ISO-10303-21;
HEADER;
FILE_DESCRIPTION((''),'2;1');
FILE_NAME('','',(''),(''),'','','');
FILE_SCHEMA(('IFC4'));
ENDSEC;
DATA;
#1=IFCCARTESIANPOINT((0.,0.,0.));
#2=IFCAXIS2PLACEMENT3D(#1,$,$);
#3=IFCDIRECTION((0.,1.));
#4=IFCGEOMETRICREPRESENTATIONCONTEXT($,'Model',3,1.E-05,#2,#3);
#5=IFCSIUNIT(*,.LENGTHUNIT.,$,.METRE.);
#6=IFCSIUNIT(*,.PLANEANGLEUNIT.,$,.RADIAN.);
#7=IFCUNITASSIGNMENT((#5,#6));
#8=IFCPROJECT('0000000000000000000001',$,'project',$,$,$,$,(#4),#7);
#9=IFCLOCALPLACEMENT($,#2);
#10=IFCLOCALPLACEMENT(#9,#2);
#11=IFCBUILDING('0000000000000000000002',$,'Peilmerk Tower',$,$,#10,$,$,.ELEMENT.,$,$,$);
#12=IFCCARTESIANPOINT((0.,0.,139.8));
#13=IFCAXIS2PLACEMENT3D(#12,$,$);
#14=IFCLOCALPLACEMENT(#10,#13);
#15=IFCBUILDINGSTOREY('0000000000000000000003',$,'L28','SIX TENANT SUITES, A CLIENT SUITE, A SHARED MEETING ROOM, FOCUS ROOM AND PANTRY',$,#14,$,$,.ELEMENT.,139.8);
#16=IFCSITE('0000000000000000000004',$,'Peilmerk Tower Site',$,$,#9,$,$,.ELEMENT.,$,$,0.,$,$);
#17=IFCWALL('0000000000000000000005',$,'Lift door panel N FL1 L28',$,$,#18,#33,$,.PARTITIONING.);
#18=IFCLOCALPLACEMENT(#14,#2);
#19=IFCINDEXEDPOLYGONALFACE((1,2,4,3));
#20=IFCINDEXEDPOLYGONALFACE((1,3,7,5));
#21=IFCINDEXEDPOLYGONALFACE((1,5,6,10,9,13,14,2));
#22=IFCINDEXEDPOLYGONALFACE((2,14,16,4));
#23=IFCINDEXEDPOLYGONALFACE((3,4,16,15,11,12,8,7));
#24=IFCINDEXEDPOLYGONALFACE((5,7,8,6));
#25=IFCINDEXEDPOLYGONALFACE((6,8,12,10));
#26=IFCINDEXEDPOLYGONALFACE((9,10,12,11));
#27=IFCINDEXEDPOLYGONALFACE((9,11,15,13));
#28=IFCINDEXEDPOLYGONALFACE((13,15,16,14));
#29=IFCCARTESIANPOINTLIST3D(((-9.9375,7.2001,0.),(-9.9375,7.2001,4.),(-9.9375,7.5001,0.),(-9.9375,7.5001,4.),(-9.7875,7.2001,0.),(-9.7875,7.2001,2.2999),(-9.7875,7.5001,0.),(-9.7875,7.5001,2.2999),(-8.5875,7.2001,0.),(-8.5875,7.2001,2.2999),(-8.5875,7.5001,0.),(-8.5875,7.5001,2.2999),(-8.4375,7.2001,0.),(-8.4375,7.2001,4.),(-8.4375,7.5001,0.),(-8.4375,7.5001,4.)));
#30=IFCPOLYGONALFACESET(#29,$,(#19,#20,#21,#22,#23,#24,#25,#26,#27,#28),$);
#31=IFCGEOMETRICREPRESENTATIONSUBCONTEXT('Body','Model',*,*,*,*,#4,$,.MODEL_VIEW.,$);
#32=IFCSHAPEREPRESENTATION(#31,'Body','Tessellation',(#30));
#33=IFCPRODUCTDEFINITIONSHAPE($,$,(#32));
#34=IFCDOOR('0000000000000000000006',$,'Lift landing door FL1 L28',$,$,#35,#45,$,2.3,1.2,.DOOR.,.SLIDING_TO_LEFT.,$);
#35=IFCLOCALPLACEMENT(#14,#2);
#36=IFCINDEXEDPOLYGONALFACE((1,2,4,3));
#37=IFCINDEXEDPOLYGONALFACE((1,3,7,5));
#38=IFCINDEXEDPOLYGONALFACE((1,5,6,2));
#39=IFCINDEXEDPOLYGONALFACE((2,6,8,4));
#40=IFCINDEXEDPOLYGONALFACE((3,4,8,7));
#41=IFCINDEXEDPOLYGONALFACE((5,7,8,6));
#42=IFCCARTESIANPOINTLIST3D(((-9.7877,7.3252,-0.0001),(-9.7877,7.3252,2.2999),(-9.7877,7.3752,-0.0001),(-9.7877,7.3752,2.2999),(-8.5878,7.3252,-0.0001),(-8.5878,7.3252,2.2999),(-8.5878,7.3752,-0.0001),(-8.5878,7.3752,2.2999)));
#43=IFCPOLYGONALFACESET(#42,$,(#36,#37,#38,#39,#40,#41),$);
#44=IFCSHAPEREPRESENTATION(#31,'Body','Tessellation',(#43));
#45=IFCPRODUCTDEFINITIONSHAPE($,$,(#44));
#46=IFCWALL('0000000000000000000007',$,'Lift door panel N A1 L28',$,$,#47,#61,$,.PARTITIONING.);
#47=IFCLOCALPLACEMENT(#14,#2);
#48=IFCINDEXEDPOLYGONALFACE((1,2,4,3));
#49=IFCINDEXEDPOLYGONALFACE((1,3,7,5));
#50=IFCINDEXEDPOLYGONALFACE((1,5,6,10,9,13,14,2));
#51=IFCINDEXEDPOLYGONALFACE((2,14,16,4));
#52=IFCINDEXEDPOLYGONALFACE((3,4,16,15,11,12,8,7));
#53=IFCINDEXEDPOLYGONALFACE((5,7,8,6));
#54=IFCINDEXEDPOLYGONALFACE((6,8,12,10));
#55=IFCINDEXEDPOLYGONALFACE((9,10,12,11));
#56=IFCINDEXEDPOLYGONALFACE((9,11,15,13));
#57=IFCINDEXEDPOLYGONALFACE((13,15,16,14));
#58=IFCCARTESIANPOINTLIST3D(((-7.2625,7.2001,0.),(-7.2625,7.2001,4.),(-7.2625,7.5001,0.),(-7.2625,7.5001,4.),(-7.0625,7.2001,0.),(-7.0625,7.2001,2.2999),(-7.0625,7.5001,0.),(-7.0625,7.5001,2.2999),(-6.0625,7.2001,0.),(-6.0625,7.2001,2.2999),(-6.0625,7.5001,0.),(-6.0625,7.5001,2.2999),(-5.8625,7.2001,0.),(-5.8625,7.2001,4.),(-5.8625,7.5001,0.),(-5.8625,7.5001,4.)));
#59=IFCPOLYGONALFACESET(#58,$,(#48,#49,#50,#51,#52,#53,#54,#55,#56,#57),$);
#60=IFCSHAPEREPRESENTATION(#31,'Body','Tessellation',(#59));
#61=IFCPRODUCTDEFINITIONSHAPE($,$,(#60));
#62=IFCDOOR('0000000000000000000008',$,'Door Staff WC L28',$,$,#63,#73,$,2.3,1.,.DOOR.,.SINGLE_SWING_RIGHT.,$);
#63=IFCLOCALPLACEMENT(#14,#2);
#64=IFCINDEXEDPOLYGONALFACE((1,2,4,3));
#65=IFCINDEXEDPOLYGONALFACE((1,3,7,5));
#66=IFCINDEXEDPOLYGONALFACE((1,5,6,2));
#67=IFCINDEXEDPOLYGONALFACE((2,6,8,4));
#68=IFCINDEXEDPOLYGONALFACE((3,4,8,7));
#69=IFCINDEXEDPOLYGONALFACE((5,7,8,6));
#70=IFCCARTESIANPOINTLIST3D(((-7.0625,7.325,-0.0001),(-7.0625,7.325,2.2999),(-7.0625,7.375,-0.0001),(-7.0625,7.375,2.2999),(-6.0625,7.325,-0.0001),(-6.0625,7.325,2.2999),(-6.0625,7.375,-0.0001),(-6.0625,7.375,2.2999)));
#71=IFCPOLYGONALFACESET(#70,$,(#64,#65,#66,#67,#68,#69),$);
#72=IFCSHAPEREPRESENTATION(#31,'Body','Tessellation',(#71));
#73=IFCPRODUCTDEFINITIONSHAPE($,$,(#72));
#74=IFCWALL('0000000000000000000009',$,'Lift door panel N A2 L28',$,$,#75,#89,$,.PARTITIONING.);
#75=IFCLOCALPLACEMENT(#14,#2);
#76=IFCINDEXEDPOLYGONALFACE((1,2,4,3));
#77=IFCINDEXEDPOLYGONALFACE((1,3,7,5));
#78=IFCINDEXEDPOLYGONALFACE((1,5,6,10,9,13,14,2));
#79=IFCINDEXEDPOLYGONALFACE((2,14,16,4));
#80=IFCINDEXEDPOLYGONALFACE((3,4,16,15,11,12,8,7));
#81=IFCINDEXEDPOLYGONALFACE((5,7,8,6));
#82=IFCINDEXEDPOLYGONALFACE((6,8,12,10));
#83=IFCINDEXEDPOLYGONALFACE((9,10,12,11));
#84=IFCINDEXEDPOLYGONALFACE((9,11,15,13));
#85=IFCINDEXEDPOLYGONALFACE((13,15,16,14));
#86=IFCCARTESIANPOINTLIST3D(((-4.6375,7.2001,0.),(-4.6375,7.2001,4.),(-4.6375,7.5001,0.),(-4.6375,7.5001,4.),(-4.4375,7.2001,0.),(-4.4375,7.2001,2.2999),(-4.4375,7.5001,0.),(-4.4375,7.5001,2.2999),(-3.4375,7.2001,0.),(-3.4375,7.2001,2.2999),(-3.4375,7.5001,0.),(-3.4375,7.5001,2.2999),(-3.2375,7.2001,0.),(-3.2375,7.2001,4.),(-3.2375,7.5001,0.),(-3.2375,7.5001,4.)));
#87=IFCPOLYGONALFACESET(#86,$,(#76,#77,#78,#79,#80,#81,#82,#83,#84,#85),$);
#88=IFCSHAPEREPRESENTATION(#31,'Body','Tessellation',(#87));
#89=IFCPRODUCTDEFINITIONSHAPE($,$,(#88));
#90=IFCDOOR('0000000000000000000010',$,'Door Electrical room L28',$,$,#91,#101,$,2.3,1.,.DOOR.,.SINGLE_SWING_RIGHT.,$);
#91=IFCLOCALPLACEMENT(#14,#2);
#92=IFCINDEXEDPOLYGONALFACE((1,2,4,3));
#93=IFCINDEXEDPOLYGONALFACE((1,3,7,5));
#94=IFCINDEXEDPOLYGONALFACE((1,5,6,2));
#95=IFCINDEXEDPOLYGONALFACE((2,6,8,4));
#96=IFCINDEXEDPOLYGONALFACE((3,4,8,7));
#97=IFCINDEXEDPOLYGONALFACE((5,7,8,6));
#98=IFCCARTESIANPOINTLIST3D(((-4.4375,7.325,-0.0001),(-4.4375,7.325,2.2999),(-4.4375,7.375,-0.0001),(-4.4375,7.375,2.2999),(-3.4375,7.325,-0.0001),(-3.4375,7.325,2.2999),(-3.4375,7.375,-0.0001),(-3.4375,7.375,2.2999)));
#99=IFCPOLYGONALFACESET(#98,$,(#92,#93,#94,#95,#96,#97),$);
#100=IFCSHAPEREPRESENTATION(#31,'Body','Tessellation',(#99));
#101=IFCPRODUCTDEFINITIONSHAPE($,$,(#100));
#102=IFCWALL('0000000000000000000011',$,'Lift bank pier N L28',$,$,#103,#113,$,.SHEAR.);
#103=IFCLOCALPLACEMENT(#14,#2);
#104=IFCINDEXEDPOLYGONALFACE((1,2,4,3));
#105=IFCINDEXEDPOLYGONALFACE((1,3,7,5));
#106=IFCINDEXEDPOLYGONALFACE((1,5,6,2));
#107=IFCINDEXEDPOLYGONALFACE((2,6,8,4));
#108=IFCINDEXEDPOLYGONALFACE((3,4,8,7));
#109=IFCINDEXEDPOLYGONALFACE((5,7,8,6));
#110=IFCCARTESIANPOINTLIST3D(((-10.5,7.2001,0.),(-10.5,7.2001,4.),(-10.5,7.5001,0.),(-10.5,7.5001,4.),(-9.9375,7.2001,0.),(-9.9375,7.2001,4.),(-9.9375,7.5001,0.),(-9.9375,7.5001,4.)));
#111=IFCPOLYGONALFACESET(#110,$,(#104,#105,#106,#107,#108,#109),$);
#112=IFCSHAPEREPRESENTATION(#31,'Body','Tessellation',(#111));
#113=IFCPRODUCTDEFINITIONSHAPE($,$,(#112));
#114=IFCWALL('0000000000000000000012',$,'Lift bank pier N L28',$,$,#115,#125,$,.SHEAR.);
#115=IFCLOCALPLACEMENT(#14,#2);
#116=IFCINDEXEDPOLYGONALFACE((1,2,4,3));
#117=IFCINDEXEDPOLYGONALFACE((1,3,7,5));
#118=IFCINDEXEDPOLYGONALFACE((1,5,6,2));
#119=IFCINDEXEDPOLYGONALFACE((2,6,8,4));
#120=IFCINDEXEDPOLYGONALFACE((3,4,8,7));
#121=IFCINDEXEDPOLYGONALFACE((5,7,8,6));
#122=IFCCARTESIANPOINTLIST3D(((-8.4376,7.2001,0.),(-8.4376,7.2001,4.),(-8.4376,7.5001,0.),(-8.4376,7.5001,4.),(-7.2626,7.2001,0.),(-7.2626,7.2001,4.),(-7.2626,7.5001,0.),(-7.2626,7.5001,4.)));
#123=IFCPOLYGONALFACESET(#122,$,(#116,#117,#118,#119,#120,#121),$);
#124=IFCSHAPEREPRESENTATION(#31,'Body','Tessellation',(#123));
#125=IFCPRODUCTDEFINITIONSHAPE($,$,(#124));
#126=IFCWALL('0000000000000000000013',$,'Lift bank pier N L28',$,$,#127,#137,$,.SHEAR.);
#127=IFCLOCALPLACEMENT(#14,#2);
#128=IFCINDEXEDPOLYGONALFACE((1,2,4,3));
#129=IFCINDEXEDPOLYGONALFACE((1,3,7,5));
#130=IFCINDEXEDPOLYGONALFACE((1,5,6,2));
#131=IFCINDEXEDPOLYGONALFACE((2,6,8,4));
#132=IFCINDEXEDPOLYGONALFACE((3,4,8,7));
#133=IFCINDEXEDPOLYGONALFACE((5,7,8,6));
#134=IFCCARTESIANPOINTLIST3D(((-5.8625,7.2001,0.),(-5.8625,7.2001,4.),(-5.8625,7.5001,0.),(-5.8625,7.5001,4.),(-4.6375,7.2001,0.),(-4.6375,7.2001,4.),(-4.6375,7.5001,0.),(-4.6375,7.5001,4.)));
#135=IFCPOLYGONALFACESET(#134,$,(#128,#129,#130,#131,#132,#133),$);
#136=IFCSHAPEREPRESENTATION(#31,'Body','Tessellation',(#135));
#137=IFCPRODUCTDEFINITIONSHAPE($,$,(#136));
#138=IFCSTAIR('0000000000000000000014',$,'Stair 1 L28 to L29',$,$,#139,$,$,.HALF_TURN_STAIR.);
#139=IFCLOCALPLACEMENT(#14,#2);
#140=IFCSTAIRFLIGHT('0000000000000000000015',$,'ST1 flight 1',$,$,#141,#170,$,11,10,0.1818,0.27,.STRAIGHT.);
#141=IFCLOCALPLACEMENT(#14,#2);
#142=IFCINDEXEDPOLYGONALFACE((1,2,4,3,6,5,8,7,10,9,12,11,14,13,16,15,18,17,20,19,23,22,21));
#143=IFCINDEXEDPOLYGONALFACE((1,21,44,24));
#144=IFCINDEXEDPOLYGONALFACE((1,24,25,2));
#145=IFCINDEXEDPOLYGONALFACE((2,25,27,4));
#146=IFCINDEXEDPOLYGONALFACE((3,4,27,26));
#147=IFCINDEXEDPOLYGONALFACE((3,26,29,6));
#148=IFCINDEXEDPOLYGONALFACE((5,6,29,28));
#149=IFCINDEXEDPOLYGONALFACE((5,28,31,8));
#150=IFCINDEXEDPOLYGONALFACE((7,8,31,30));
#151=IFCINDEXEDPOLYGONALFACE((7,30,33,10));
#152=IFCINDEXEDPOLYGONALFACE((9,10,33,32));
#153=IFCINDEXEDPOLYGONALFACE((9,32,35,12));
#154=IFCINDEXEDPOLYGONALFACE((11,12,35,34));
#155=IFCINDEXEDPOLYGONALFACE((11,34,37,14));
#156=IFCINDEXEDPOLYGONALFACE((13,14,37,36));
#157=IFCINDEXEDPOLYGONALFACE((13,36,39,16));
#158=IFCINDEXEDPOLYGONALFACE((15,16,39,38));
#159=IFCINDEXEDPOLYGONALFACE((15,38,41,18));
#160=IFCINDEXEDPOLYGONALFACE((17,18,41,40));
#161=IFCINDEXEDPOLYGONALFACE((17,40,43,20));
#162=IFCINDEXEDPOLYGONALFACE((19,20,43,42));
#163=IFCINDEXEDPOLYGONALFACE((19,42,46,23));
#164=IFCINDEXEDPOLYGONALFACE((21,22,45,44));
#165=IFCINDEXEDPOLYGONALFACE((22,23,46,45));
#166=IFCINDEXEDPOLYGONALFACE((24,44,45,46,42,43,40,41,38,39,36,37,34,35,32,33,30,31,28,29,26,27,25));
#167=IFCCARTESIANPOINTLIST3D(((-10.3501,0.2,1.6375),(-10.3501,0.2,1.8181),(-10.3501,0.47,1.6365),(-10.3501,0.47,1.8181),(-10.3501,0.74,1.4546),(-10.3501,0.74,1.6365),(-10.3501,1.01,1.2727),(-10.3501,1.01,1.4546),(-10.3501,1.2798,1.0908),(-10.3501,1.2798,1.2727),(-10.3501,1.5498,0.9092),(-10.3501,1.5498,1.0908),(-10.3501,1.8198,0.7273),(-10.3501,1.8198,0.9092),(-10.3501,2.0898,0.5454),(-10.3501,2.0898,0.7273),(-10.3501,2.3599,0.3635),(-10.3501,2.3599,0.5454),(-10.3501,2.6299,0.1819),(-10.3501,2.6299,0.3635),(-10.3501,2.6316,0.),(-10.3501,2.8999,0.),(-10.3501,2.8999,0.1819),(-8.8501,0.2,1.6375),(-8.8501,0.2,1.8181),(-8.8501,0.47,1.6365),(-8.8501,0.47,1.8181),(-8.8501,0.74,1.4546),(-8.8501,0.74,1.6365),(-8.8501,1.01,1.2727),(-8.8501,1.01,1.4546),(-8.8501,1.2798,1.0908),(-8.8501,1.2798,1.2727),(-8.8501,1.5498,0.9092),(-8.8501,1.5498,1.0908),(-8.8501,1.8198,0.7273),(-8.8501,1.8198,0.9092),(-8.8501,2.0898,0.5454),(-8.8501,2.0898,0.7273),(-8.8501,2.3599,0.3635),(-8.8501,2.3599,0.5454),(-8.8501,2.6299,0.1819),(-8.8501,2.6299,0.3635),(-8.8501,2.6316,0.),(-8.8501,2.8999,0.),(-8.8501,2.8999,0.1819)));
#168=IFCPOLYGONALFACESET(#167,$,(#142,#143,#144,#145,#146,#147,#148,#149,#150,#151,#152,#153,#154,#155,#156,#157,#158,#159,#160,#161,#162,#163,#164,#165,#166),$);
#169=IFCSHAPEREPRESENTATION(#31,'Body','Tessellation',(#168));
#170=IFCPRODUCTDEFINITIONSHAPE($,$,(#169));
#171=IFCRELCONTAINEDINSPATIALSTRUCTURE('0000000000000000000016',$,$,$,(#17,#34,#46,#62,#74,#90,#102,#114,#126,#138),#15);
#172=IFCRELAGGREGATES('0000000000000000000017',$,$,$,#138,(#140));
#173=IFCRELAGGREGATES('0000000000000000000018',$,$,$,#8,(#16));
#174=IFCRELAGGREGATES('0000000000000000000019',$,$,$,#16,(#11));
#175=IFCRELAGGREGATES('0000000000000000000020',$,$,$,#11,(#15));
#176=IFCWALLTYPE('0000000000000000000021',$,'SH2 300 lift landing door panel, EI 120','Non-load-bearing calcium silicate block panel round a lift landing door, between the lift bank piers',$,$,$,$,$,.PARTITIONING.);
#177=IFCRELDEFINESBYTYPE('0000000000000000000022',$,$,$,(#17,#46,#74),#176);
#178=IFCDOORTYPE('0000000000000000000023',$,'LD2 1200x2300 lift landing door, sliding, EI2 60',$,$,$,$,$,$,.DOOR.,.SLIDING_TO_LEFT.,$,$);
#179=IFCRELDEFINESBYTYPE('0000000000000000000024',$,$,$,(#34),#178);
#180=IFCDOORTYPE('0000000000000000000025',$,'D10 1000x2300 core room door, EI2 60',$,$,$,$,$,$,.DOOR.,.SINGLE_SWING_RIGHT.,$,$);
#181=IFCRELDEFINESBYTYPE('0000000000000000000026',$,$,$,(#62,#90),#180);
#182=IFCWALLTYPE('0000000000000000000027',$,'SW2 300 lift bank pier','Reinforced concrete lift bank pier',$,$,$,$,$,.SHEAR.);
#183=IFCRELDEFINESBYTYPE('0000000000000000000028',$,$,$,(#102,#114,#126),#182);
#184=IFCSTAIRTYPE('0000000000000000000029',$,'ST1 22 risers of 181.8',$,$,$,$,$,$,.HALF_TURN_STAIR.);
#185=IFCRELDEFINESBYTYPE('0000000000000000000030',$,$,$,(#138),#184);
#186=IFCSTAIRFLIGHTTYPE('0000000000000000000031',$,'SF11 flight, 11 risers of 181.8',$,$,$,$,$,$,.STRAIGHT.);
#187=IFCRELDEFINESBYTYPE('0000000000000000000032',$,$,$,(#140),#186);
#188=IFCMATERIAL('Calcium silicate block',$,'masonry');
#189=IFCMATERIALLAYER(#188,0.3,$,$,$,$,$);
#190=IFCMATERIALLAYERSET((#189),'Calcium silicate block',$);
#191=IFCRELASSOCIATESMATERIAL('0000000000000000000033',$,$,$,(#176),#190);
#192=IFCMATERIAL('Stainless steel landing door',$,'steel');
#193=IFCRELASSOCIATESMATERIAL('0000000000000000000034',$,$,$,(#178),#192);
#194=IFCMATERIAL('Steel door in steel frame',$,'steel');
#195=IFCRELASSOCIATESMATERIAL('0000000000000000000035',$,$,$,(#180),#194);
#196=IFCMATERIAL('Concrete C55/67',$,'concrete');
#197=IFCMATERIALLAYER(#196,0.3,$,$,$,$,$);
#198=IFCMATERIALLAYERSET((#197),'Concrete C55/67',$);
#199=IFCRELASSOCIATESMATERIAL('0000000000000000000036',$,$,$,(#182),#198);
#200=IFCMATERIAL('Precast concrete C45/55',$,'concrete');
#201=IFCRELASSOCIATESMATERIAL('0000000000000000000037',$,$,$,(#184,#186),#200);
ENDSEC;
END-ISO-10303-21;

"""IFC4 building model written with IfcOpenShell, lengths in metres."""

from ifc_helpers import new_model, si_unit, direction, frame, frame_2d, origin, place, context, subcontext, project, spatial, polyline, rectangle, outline, extrude, material, layer, layer_set, type_object, element, fill, aggregate, save


model = new_model("IFC4")

# Units and contexts
model_context = context("Model", 3, precision=1e-05, world=origin(), true_north=direction((0.0, 1.0)))
body_context = subcontext(model_context, "Body", "Model", "MODEL_VIEW")
ifc_project = project(units=[si_unit("LENGTHUNIT", "METRE"), si_unit("PLANEANGLEUNIT", "RADIAN")], contexts=[model_context])

# Site, building, storey
site_placement = place(None, origin())
site = spatial("IfcSite", under=ifc_project, at=site_placement, Name="Peilmerk Tower Site", CompositionType="ELEMENT", RefElevation=0.0)
building_placement = place(site_placement, origin())
building = spatial("IfcBuilding", under=site, at=building_placement, Name="Peilmerk Tower", CompositionType="ELEMENT")
storey_placement = place(building_placement, frame((0.0, 0.0, 139.8)))
storey = spatial("IfcBuildingStorey", under=building, at=storey_placement, Name="L28", Description="SIX TENANT SUITES, A CLIENT SUITE, A SHARED MEETING ROOM, FOCUS ROOM AND PANTRY", CompositionType="ELEMENT", Elevation=139.8)

# Shared definitions
ifc_material_1 = material(Name="Concrete C55/67", Category="concrete")

# Shared definitions
ifc_material_2 = material(Name="Steel door in steel frame", Category="steel")

# Walls, openings, doors
ifc_material_3 = material(Name="Calcium silicate block", Category="masonry")
ifc_layer_1 = layer(ifc_material_3, 0.3)
ifc_layer_set_1 = layer_set([ifc_layer_1], Name="Calcium silicate block")
wall_type_1 = type_object("IfcWallType", Name="SH2 300 lift landing door panel, EI 120", Description="Non-load-bearing calcium silicate block panel round a lift landing door, between the lift bank piers", PredefinedType="PARTITIONING", material=ifc_layer_set_1)
wall_1_placement = place(storey_placement, frame((-9.9375, 7.3501, 0.0), z_axis=(0.0, 0.0, 1.0), x_axis=(1.0, 0.0, 0.0)))
wall_1 = element("IfcWall", 1, at=wall_1_placement, inside=storey, type_object=wall_type_1, Name="Lift door panel N FL1 L28", PredefinedType="PARTITIONING", context=body_context, shape_type="SweptSolid", body=[
    extrude(rectangle(XDim=1.5, YDim=0.3, at=frame_2d((0.75, 0.0))), origin(), (0.0, 0.0, 1.0), 4.0),
])
opening_1_placement = place(wall_1_placement, frame((0.1499, 0.0, 0.0)))
opening_1 = element("IfcOpeningElement", 2, at=opening_1_placement, cuts=wall_1, PredefinedType="OPENING", context=body_context, shape_type="SweptSolid", body=[
    extrude(rectangle(XDim=1.2, YDim=2.3, at=frame_2d((0.6001, 1.1499))), frame((0.0, 0.1599, 0.0), z_axis=(0.0, -1.0, 0.0), x_axis=(1.0, 0.0, 0.0)), (0.0, 0.0, 1.0), 0.3201),
])
ifc_material_4 = material(Name="Stainless steel landing door", Category="steel")
door_type_1 = type_object("IfcDoorType", Name="LD2 1200x2300 lift landing door, sliding, EI2 60", OperationType="SLIDING_TO_LEFT", PredefinedType="DOOR", material=ifc_material_4)
door_1_placement = place(opening_1_placement, frame((1.2, 0.0, 0.0), z_axis=(0.0, 0.0, 1.0), x_axis=(-1.0, 0.0, 0.0)))
door_1 = element("IfcDoor", 3, at=door_1_placement, inside=storey, type_object=door_type_1, Name="Lift landing door FL1 L28", OperationType="SLIDING_TO_LEFT", OverallHeight=2.3, OverallWidth=1.2, PredefinedType="DOOR", context=body_context, shape_type="SweptSolid", body=[
    extrude(rectangle(XDim=1.2, YDim=2.3, at=frame_2d((0.6001, 1.1499))), frame((0.0, 0.0249, 0.0), z_axis=(0.0, -1.0, 0.0), x_axis=(1.0, 0.0, 0.0)), (0.0, 0.0, 1.0), 0.05),
])
fill(opening_1, door_1)
wall_2_placement = place(storey_placement, frame((-7.2625, 7.3501, 0.0), z_axis=(0.0, 0.0, 1.0), x_axis=(1.0, 0.0, 0.0)))
wall_2 = element("IfcWall", 4, at=wall_2_placement, inside=storey, type_object=wall_type_1, Name="Lift door panel N A1 L28", PredefinedType="PARTITIONING", context=body_context, shape_type="SweptSolid", body=[
    extrude(rectangle(XDim=1.3999, YDim=0.3, at=frame_2d((0.7, 0.0))), origin(), (0.0, 0.0, 1.0), 4.0),
])
opening_2_placement = place(wall_2_placement, frame((0.2, 0.0, 0.0)))
opening_2 = element("IfcOpeningElement", 5, at=opening_2_placement, cuts=wall_2, PredefinedType="OPENING", context=body_context, shape_type="SweptSolid", body=[
    extrude(rectangle(XDim=1.0, YDim=2.3, at=frame_2d((0.5, 1.1499))), frame((0.0, 0.1599, 0.0), z_axis=(0.0, -1.0, 0.0), x_axis=(1.0, 0.0, 0.0)), (0.0, 0.0, 1.0), 0.3201),
])
door_type_2 = type_object("IfcDoorType", Name="D10 1000x2300 core room door, EI2 60", OperationType="SINGLE_SWING_RIGHT", PredefinedType="DOOR", material=ifc_material_2)
door_2_placement = place(opening_2_placement, origin())
door_2 = element("IfcDoor", 6, at=door_2_placement, inside=storey, type_object=door_type_2, Name="Door Staff WC L28", OperationType="SINGLE_SWING_RIGHT", OverallHeight=2.3, OverallWidth=1.0, PredefinedType="DOOR", context=body_context, shape_type="SweptSolid", body=[
    extrude(rectangle(XDim=1.0, YDim=2.3, at=frame_2d((0.5, 1.1499))), frame((0.0, 0.0249, 0.0), z_axis=(0.0, -1.0, 0.0), x_axis=(1.0, 0.0, 0.0)), (0.0, 0.0, 1.0), 0.05),
])
fill(opening_2, door_2)
wall_3_placement = place(storey_placement, frame((-4.6375, 7.3501, 0.0), z_axis=(0.0, 0.0, 1.0), x_axis=(1.0, 0.0, 0.0)))
wall_3 = element("IfcWall", 7, at=wall_3_placement, inside=storey, type_object=wall_type_1, Name="Lift door panel N A2 L28", PredefinedType="PARTITIONING", context=body_context, shape_type="SweptSolid", body=[
    extrude(rectangle(XDim=1.3999, YDim=0.3, at=frame_2d((0.7, 0.0))), origin(), (0.0, 0.0, 1.0), 4.0),
])
opening_3_placement = place(wall_3_placement, frame((0.2, 0.0, 0.0)))
opening_3 = element("IfcOpeningElement", 8, at=opening_3_placement, cuts=wall_3, PredefinedType="OPENING", context=body_context, shape_type="SweptSolid", body=[
    extrude(rectangle(XDim=1.0, YDim=2.3, at=frame_2d((0.5, 1.1499))), frame((0.0, 0.1599, 0.0), z_axis=(0.0, -1.0, 0.0), x_axis=(1.0, 0.0, 0.0)), (0.0, 0.0, 1.0), 0.3201),
])
door_3_placement = place(opening_3_placement, origin())
door_3 = element("IfcDoor", 9, at=door_3_placement, inside=storey, type_object=door_type_2, Name="Door Electrical room L28", OperationType="SINGLE_SWING_RIGHT", OverallHeight=2.3, OverallWidth=1.0, PredefinedType="DOOR", context=body_context, shape_type="SweptSolid", body=[
    extrude(rectangle(XDim=1.0, YDim=2.3, at=frame_2d((0.5, 1.1499))), frame((0.0, 0.0249, 0.0), z_axis=(0.0, -1.0, 0.0), x_axis=(1.0, 0.0, 0.0)), (0.0, 0.0, 1.0), 0.05),
])
fill(opening_3, door_3)

# Walls
ifc_layer_2 = layer(ifc_material_1, 0.3)
ifc_layer_set_2 = layer_set([ifc_layer_2], Name="Concrete C55/67")
wall_type_2 = type_object("IfcWallType", Name="SW2 300 lift bank pier", Description="Reinforced concrete lift bank pier", PredefinedType="SHEAR", material=ifc_layer_set_2)
wall_4_placement = place(storey_placement, frame((-10.5, 7.3501, 0.0), z_axis=(0.0, 0.0, 1.0), x_axis=(1.0, 0.0, 0.0)))
element("IfcWall", 10, at=wall_4_placement, inside=storey, type_object=wall_type_2, Name="Lift bank pier N L28", PredefinedType="SHEAR", context=body_context, shape_type="SweptSolid", body=[
    extrude(rectangle(XDim=0.5625, YDim=0.3, at=frame_2d((0.2812, 0.0))), origin(), (0.0, 0.0, 1.0), 4.0),
])
wall_5_placement = place(storey_placement, frame((-8.4375, 7.3501, 0.0), z_axis=(0.0, 0.0, 1.0), x_axis=(1.0, 0.0, 0.0)))
element("IfcWall", 11, at=wall_5_placement, inside=storey, type_object=wall_type_2, Name="Lift bank pier N L28", PredefinedType="SHEAR", context=body_context, shape_type="SweptSolid", body=[
    extrude(rectangle(XDim=1.175, YDim=0.3, at=frame_2d((0.5874, 0.0))), origin(), (0.0, 0.0, 1.0), 4.0),
])
wall_6_placement = place(storey_placement, frame((-5.8625, 7.3501, 0.0), z_axis=(0.0, 0.0, 1.0), x_axis=(1.0, 0.0, 0.0)))
element("IfcWall", 12, at=wall_6_placement, inside=storey, type_object=wall_type_2, Name="Lift bank pier N L28", PredefinedType="SHEAR", context=body_context, shape_type="SweptSolid", body=[
    extrude(rectangle(XDim=1.2251, YDim=0.3, at=frame_2d((0.6125, 0.0))), origin(), (0.0, 0.0, 1.0), 4.0),
])

# Stair, stair flight
ifc_material_5 = material(Name="Precast concrete C45/55", Category="concrete")
stair_type = type_object("IfcStairType", Name="ST1 22 risers of 181.8", PredefinedType="HALF_TURN_STAIR", material=ifc_material_5)
stair_placement = place(storey_placement, origin())
stair = element("IfcStair", 13, at=stair_placement, inside=storey, type_object=stair_type, Name="Stair 1 L28 to L29", PredefinedType="HALF_TURN_STAIR")
stair_flight_type = type_object("IfcStairFlightType", Name="SF11 flight, 11 risers of 181.8", PredefinedType="STRAIGHT", material=ifc_material_5)
stair_flight_1_placement = place(storey_placement, frame((-9.6001, 2.8999, 0.0), z_axis=(0.0, 0.0, 1.0), x_axis=(0.0, -1.0, 0.0)))
stair_flight_1 = element("IfcStairFlight", 14, at=stair_flight_1_placement, type_object=stair_flight_type, Name="ST1 flight 1", NumberOfRisers=11, NumberOfTreads=10, PredefinedType="STRAIGHT", RiserHeight=0.1818, TreadLength=0.27, context=body_context, shape_type="SweptSolid", body=[
    extrude(outline(polyline([(0.0, 0.0), (0.0, 0.1819), (0.27, 0.1819), (0.27, 0.3635), (0.54, 0.3635), (0.54, 0.5454), (0.8101, 0.5454), (0.8101, 0.7273), (1.0801, 0.7273), (1.0801, 0.9092), (1.3501, 0.9092), (1.3501, 1.0908), (1.6201, 1.0908), (1.6201, 1.2727), (1.8899, 1.2727), (1.8899, 1.4546), (2.1599, 1.4546), (2.1599, 1.6365), (2.4299, 1.6365), (2.4299, 1.8181), (2.7, 1.8181), (2.7, 2.0), (2.7, 1.6375), (0.2683, 0.0), (0.0, 0.0)])), frame((0.0, 0.75, 0.0), z_axis=(0.0, -1.0, 0.0), x_axis=(1.0, 0.0, 0.0)), (0.0, 0.0, 1.0), 1.5),
])
aggregate(stair, [stair_flight_1])

save(model, "model.ifc")
